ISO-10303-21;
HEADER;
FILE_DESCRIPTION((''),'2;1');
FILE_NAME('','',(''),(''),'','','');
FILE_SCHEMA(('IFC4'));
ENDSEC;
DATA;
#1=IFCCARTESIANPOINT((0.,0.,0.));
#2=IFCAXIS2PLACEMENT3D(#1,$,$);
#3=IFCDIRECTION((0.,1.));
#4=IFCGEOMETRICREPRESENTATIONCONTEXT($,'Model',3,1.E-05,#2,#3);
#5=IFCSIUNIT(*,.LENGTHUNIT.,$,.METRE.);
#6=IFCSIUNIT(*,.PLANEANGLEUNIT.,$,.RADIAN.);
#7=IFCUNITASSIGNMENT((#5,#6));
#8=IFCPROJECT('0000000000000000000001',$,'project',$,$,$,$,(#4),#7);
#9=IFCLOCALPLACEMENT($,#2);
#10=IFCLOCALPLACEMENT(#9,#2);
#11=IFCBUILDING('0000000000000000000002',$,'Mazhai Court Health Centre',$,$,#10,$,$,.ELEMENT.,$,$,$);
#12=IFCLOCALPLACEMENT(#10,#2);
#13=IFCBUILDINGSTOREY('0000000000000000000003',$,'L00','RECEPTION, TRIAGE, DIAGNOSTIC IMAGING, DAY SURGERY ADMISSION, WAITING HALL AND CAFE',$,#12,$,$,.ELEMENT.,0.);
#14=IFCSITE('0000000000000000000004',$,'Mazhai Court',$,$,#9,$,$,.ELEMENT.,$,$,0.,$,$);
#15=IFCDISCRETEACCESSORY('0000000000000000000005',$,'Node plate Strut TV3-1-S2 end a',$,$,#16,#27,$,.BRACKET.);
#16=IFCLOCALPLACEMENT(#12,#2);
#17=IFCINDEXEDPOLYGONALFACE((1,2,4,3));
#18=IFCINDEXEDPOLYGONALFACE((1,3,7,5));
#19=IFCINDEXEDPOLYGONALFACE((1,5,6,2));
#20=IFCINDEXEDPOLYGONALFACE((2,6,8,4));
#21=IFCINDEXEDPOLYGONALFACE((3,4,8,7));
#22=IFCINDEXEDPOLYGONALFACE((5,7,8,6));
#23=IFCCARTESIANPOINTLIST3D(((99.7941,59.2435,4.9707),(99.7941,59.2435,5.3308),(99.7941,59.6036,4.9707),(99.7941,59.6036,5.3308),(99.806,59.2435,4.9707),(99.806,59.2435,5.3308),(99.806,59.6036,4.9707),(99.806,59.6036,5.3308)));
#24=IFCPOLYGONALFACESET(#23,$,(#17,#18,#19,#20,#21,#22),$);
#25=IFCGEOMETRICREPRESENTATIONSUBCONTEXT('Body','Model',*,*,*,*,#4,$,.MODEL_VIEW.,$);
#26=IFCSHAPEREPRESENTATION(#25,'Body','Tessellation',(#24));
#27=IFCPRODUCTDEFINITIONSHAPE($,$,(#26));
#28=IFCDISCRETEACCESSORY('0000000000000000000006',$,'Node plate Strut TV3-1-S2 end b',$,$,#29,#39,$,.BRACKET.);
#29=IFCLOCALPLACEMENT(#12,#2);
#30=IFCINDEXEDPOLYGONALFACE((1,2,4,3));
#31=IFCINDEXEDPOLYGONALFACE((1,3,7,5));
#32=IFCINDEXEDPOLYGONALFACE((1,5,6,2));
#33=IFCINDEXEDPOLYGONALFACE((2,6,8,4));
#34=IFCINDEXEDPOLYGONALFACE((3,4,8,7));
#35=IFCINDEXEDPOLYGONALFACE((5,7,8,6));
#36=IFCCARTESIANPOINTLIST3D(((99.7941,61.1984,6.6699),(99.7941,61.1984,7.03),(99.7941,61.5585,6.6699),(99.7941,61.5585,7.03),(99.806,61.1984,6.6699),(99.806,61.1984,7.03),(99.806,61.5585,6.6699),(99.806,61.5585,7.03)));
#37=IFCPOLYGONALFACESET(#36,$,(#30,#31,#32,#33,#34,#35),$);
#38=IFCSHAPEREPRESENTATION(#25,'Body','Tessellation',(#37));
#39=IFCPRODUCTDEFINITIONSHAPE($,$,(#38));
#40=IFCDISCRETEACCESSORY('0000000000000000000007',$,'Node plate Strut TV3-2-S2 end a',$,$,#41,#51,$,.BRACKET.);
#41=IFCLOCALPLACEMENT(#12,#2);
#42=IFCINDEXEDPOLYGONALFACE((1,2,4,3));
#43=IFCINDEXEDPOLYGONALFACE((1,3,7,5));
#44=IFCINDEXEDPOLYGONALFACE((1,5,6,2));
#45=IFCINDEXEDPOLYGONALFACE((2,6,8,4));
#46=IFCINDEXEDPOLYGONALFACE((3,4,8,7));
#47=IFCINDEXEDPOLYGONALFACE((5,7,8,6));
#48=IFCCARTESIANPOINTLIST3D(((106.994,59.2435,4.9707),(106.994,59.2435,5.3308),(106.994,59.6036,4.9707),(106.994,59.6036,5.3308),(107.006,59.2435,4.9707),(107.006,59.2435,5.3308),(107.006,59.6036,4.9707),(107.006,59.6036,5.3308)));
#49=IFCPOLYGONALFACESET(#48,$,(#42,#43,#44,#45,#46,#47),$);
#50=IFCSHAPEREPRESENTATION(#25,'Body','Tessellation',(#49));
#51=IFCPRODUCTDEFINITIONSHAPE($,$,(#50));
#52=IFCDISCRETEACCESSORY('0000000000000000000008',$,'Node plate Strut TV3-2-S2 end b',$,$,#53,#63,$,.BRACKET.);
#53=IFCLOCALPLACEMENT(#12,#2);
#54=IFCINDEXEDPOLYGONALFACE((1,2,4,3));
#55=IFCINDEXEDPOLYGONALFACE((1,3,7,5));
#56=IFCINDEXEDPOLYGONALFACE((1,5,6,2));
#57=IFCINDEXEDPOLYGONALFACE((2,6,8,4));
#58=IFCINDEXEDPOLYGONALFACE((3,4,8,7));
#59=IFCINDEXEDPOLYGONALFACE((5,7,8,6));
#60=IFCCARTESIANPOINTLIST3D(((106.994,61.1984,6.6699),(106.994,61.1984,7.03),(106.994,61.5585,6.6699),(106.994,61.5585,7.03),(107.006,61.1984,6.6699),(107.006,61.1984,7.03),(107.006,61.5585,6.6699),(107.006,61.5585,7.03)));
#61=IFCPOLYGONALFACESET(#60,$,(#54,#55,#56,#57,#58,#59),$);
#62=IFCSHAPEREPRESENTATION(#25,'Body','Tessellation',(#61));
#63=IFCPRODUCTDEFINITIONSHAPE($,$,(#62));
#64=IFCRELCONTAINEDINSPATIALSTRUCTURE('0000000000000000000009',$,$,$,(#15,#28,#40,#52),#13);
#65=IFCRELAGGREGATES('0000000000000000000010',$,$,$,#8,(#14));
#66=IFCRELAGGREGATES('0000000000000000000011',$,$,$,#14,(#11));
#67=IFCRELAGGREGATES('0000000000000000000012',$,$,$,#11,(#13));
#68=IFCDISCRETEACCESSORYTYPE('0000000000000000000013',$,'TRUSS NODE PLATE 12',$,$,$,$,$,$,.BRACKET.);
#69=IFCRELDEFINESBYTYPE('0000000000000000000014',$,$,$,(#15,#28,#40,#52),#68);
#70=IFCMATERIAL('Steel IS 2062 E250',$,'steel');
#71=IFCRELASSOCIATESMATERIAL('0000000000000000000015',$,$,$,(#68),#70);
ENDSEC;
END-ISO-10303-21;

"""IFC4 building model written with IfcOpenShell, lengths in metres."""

from ifc_helpers import new_model, si_unit, direction, frame, origin, origin_2d, place, context, subcontext, project, spatial, rectangle, extrude, material, type_object, element, save


model = new_model("IFC4")

# Units and contexts
model_context = context("Model", 3, precision=1e-05, world=origin(), true_north=direction((0.0, 1.0)))
body_context = subcontext(model_context, "Body", "Model", "MODEL_VIEW")
ifc_project = project(units=[si_unit("LENGTHUNIT", "METRE"), si_unit("PLANEANGLEUNIT", "RADIAN")], contexts=[model_context])

# Site, building, storey
site_placement = place(None, origin())
site = spatial("IfcSite", under=ifc_project, at=site_placement, Name="Mazhai Court", CompositionType="ELEMENT", RefElevation=0.0)
building_placement = place(site_placement, origin())
building = spatial("IfcBuilding", under=site, at=building_placement, Name="Mazhai Court Health Centre", CompositionType="ELEMENT")
storey_placement = place(building_placement, origin())
storey = spatial("IfcBuildingStorey", under=building, at=storey_placement, Name="L00", Description="RECEPTION, TRIAGE, DIAGNOSTIC IMAGING, DAY SURGERY ADMISSION, WAITING HALL AND CAFE", CompositionType="ELEMENT", Elevation=0.0)

# Discrete accessories
ifc_material_1 = material(Name="Steel IS 2062 E250", Category="steel")
discrete_accessory_type = type_object("IfcDiscreteAccessoryType", Name="TRUSS NODE PLATE 12", PredefinedType="BRACKET", material=ifc_material_1)
for number, where, z_axis, x_axis, name in (
    (1, (99.8, 59.4236, 4.9707), (0.0, 0.0, 1.0), (1.0, 0.0, 0.0), "Node plate Strut TV3-1-S2 end a"),
    (2, (99.8, 61.3784, 6.6699), (0.0, 0.0, 1.0), (1.0, 0.0, 0.0), "Node plate Strut TV3-1-S2 end b"),
    (3, (107.0, 59.4236, 4.9707), (0.0, 0.0, 1.0), (1.0, 0.0, 0.0), "Node plate Strut TV3-2-S2 end a"),
    (4, (107.0, 61.3784, 6.6699), (0.0, 0.0, 1.0), (1.0, 0.0, 0.0), "Node plate Strut TV3-2-S2 end b"),
):
    element("IfcDiscreteAccessory", number, at=place(storey_placement, frame(where, z_axis=z_axis, x_axis=x_axis)), inside=storey, type_object=discrete_accessory_type, Name=name, PredefinedType="BRACKET", context=body_context, shape_type="SweptSolid", body=[
        extrude(rectangle(XDim=0.012, YDim=0.3601, at=origin_2d()), origin(), (0.0, 0.0, 1.0), 0.3601),
    ])

save(model, "model.ifc")
